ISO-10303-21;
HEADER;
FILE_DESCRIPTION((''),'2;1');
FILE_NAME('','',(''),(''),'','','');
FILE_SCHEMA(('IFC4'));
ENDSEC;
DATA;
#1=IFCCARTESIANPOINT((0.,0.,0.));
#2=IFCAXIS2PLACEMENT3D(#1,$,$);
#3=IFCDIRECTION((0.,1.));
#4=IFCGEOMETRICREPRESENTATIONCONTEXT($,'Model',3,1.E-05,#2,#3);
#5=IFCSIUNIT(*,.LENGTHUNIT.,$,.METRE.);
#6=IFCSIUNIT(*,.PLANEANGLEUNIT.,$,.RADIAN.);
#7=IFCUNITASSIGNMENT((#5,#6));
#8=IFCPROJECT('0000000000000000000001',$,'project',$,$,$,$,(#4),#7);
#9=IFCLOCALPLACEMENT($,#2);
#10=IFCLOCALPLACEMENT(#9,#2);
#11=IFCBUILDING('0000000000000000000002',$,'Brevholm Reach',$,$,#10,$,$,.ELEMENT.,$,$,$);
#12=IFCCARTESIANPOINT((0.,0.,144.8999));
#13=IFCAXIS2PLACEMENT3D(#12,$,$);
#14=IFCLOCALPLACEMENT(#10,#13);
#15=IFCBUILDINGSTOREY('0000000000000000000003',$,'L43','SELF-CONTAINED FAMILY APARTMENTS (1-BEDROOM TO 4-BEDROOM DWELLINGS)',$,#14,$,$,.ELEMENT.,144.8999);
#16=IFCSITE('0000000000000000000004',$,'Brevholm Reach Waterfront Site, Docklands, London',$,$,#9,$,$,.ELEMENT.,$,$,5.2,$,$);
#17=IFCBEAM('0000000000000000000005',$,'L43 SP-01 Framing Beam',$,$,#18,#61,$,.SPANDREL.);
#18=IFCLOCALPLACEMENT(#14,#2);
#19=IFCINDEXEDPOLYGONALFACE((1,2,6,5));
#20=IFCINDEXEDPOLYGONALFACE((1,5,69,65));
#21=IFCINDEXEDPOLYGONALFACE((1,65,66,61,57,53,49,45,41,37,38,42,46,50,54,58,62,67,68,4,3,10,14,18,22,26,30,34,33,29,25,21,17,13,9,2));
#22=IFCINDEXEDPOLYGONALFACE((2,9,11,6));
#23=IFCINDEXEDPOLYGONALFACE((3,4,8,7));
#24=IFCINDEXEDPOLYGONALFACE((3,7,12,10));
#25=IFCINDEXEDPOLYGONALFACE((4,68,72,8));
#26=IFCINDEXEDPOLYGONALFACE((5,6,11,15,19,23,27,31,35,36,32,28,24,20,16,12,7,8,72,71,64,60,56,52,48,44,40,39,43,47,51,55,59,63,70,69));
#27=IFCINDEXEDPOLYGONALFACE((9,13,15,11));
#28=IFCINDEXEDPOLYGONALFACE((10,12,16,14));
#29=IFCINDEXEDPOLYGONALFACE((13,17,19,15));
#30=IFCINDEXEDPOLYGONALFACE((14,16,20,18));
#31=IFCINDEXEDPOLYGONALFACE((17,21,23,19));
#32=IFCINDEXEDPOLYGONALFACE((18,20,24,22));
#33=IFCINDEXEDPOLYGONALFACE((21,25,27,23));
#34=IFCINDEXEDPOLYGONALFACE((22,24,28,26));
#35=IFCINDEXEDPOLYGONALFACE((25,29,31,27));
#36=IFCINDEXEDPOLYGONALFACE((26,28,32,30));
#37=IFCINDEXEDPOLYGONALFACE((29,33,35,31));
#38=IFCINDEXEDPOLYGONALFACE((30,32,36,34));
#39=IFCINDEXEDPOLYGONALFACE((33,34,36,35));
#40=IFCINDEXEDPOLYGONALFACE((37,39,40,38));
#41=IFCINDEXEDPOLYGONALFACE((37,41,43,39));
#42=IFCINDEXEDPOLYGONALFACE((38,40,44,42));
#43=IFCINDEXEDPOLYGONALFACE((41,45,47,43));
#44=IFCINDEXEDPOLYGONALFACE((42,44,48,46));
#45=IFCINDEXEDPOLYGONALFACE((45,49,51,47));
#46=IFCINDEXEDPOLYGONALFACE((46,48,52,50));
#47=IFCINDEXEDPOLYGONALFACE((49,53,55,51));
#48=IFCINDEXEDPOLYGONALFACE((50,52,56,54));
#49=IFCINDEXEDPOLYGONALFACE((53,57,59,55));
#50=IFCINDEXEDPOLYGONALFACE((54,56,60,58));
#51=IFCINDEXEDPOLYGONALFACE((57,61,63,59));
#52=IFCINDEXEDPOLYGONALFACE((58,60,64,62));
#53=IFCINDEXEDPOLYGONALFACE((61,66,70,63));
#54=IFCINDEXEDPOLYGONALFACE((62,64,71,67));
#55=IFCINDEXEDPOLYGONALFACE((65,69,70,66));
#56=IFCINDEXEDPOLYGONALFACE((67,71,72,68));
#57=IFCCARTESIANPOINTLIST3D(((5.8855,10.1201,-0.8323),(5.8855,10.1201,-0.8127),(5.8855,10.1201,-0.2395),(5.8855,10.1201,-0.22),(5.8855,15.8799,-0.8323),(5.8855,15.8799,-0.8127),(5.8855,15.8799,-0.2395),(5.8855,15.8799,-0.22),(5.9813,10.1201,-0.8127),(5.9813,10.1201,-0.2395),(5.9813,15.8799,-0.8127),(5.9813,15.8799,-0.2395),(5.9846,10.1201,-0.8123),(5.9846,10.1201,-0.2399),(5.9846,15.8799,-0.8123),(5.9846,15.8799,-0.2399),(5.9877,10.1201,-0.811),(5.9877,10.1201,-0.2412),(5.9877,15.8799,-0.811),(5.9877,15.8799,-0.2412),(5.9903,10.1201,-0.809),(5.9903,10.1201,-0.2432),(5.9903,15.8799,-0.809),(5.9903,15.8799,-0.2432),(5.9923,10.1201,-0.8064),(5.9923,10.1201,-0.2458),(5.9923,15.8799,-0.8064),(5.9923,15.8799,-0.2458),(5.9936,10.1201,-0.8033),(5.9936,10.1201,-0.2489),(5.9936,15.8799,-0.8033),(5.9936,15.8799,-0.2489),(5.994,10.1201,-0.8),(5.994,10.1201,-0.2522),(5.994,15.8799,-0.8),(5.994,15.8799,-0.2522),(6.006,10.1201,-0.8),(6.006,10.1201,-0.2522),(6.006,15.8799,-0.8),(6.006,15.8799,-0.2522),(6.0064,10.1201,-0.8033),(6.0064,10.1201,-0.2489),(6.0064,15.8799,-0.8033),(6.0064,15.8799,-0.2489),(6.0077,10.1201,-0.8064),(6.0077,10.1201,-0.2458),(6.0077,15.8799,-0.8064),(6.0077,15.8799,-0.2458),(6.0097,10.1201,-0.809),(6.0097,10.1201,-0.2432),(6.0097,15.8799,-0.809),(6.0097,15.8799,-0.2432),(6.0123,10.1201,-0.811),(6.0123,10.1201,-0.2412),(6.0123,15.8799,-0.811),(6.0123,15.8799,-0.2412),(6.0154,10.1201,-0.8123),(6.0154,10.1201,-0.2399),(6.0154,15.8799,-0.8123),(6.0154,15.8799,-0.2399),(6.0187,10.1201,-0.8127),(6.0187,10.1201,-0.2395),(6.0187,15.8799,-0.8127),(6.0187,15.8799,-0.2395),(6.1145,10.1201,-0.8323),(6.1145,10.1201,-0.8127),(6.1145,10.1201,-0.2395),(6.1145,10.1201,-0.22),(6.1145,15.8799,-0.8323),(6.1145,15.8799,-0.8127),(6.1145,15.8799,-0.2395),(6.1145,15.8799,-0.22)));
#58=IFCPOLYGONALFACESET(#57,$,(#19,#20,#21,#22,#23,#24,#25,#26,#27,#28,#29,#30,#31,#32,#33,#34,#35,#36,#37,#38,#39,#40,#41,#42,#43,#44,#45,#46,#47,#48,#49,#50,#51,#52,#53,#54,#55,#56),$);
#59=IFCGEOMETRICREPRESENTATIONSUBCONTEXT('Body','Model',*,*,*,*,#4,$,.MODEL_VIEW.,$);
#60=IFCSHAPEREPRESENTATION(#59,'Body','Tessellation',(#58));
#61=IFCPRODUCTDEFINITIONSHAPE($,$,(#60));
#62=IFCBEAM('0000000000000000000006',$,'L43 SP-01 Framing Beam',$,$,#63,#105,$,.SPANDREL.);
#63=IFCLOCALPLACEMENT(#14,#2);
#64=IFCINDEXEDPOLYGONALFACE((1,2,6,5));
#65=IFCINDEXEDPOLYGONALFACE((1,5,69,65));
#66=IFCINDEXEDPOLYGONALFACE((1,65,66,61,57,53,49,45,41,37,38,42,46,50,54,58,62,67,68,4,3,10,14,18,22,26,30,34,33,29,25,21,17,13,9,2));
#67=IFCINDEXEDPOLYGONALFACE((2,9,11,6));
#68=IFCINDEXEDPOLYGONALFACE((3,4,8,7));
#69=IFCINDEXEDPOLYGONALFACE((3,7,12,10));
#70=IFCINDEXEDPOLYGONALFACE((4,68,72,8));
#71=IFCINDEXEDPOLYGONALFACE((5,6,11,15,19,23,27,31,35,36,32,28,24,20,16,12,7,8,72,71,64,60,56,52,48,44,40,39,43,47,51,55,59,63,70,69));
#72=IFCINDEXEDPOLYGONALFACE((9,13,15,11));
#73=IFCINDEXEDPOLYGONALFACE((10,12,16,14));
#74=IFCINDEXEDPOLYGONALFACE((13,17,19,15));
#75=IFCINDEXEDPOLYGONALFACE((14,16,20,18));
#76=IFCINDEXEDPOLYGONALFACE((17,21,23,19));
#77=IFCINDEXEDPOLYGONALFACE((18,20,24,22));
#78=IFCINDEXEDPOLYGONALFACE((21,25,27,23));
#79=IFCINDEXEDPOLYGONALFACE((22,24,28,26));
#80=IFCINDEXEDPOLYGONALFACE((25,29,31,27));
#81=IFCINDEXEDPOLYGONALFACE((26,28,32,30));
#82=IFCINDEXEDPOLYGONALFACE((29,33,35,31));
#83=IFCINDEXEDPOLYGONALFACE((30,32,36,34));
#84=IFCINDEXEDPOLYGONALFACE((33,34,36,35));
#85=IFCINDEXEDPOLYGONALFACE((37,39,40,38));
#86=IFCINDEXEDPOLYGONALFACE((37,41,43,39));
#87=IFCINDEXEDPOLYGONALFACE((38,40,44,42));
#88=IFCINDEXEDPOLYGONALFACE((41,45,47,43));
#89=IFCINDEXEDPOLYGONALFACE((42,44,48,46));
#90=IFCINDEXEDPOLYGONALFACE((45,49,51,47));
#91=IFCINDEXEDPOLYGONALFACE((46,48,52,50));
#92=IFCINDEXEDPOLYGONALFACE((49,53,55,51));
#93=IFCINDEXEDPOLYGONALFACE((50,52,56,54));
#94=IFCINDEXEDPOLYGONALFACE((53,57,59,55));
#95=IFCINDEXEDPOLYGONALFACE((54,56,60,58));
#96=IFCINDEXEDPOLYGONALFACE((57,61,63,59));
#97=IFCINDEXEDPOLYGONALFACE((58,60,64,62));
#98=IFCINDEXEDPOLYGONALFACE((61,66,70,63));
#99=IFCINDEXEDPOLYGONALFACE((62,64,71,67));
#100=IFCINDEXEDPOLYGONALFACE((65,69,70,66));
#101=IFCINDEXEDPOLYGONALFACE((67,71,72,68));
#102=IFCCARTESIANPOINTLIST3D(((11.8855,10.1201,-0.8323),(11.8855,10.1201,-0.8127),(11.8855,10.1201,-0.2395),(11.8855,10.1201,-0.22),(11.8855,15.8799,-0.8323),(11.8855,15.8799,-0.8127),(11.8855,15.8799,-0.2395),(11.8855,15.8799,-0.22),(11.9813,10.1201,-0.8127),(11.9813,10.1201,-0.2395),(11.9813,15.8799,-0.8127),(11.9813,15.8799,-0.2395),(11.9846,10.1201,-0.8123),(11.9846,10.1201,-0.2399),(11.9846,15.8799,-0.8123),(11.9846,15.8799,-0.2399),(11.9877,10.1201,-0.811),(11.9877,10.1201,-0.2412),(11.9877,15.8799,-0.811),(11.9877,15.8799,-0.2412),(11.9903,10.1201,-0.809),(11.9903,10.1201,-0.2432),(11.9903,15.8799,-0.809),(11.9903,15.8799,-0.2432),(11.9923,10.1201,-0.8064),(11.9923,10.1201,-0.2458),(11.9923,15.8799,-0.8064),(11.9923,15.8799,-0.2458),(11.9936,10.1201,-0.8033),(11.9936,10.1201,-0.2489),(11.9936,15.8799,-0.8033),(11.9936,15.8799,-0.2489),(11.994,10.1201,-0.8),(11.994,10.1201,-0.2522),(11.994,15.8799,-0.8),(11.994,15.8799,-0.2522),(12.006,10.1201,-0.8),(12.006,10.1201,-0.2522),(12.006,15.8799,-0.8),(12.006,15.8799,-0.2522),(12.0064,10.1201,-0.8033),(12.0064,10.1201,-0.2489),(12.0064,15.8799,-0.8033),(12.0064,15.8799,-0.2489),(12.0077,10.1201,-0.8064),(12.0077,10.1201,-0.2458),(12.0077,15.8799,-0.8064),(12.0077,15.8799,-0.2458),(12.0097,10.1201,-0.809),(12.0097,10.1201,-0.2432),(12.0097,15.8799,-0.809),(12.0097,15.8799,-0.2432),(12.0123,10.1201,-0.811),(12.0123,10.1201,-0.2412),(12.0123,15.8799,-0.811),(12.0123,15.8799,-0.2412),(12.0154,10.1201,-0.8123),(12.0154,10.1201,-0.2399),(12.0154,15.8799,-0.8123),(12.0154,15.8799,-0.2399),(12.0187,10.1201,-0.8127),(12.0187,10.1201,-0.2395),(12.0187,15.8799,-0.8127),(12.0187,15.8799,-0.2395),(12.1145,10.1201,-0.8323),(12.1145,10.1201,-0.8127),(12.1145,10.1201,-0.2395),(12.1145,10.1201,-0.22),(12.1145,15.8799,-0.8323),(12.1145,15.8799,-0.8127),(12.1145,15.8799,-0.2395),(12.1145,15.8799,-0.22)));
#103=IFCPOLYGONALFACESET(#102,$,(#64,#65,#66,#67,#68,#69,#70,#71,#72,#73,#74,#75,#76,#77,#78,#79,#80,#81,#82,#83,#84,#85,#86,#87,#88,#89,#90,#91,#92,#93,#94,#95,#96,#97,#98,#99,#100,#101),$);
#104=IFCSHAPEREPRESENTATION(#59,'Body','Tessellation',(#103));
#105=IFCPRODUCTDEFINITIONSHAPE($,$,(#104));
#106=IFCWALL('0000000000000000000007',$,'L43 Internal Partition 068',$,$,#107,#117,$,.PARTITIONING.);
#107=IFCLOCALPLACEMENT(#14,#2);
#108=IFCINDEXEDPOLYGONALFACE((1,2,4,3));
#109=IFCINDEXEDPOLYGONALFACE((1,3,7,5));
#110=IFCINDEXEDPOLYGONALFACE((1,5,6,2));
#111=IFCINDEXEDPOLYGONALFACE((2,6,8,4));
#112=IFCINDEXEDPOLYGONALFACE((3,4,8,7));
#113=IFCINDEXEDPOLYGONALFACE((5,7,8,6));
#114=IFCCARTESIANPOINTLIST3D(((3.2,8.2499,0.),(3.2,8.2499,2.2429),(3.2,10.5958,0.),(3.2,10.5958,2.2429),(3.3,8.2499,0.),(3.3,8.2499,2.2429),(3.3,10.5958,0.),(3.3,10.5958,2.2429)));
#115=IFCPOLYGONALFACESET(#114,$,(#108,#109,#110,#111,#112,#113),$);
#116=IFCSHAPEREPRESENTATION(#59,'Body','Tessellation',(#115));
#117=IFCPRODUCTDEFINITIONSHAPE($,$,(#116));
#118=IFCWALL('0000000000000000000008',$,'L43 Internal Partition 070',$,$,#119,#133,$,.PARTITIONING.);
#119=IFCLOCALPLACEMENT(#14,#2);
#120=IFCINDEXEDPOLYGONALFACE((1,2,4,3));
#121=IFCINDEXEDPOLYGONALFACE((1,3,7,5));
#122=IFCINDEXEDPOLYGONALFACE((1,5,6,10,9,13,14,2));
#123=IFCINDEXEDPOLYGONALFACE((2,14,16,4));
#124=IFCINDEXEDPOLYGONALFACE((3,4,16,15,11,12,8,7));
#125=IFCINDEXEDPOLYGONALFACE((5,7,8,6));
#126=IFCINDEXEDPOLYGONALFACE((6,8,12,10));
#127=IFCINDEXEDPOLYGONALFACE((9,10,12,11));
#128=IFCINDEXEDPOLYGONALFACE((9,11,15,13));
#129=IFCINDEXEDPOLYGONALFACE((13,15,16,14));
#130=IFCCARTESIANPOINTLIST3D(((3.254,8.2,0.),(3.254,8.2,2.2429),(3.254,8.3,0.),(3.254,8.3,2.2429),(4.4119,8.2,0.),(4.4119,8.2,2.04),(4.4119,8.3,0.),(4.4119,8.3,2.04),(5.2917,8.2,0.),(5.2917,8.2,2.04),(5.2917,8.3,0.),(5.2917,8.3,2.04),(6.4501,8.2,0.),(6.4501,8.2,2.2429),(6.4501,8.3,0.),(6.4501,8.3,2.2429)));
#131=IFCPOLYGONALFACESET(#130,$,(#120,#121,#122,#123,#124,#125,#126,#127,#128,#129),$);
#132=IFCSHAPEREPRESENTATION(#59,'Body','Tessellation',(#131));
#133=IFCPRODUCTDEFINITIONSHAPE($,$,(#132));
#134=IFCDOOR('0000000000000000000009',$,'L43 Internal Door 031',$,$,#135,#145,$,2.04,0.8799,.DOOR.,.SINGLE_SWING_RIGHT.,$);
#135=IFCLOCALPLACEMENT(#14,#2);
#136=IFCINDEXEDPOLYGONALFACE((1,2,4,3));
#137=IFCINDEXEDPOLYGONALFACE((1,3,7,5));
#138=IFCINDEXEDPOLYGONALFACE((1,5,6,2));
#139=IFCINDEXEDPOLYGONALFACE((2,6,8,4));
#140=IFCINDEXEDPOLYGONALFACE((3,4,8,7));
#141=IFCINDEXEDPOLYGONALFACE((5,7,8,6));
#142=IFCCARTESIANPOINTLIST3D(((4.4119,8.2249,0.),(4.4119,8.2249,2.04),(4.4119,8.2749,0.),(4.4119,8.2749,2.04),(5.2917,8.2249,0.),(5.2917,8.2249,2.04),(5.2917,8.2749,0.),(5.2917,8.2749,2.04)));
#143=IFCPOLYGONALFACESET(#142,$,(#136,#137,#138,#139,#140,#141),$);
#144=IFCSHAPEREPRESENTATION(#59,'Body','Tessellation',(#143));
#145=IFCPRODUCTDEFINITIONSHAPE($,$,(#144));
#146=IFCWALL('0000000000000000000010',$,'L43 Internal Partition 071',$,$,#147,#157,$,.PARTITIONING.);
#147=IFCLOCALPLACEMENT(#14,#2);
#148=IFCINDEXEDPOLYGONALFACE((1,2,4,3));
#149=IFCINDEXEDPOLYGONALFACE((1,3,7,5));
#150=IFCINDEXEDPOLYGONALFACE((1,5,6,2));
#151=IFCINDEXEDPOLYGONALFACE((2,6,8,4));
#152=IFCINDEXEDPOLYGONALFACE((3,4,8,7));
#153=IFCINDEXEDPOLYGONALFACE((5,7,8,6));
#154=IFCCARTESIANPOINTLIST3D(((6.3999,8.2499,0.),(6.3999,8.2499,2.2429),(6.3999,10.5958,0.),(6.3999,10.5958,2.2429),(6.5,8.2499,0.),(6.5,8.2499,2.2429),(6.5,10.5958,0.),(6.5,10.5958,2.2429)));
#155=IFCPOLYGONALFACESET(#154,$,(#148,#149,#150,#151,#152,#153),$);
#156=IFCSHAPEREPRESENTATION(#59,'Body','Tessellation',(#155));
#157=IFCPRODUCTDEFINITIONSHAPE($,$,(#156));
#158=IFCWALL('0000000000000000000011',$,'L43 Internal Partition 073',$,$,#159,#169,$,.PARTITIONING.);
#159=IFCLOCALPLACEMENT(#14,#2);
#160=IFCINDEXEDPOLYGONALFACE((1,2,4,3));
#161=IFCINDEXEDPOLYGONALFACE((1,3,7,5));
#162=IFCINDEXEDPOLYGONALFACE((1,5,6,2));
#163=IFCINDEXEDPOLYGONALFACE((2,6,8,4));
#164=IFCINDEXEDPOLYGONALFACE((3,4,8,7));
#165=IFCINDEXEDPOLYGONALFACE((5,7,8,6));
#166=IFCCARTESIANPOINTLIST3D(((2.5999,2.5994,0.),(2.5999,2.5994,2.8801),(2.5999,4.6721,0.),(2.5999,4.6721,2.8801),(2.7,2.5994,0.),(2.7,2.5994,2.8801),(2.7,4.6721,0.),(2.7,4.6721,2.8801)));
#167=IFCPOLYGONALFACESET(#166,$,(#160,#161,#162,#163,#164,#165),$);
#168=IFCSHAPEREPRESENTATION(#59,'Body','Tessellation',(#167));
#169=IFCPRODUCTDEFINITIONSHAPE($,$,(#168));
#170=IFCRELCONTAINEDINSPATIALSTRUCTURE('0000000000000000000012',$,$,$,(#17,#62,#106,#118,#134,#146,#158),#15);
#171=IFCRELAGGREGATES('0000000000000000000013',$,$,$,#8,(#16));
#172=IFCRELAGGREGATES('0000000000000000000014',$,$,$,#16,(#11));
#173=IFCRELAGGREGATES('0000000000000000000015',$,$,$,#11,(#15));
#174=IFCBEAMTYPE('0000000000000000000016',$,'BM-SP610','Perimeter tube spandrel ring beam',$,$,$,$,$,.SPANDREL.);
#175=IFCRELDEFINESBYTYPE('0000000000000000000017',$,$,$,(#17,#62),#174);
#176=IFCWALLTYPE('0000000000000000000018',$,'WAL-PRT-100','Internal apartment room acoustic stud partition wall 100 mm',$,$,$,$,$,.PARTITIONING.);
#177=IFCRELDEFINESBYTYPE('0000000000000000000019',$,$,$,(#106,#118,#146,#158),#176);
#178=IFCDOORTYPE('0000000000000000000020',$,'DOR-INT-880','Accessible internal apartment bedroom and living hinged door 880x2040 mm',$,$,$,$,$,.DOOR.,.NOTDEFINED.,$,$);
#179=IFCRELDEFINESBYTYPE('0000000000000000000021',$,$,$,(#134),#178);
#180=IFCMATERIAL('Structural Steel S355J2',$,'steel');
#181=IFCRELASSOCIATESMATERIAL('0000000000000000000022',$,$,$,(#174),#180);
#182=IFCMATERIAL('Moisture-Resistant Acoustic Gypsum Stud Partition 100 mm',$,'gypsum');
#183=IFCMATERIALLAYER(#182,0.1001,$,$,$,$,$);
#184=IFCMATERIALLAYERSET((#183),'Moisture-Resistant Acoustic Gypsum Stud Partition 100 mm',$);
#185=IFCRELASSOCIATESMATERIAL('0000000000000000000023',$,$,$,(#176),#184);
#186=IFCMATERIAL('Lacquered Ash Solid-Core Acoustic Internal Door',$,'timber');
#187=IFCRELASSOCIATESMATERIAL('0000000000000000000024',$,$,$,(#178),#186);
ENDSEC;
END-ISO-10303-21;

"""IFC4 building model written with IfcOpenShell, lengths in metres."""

from ifc_helpers import new_model, si_unit, direction, frame, frame_2d, origin, origin_2d, place, context, subcontext, project, spatial, rectangle, i_section, extrude, material, layer, layer_set, material_profile, profile_set, type_object, element, fill, save


model = new_model("IFC4")

# Units and contexts
model_context = context("Model", 3, precision=1e-05, world=origin(), true_north=direction((0.0, 1.0)))
body_context = subcontext(model_context, "Body", "Model", "MODEL_VIEW")
ifc_project = project(units=[si_unit("LENGTHUNIT", "METRE"), si_unit("PLANEANGLEUNIT", "RADIAN")], contexts=[model_context])

# Site, building, storey
site_placement = place(None, origin())
site = spatial("IfcSite", under=ifc_project, at=site_placement, Name="Brevholm Reach Waterfront Site, Docklands, London", CompositionType="ELEMENT", RefElevation=5.2)
building_placement = place(site_placement, origin())
building = spatial("IfcBuilding", under=site, at=building_placement, Name="Brevholm Reach", CompositionType="ELEMENT")
storey_placement = place(building_placement, frame((0.0, 0.0, 144.8999)))
storey = spatial("IfcBuildingStorey", under=building, at=storey_placement, Name="L43", Description="SELF-CONTAINED FAMILY APARTMENTS (1-BEDROOM TO 4-BEDROOM DWELLINGS)", CompositionType="ELEMENT", Elevation=144.8999)

# Beams
ifc_material_1 = material(Name="Structural Steel S355J2", Category="steel")
ifc_material_profile_1 = material_profile(ifc_material_1, i_section(OverallWidth=0.229, OverallDepth=0.6123, WebThickness=0.012, FlangeThickness=0.0195, FilletRadius=0.0127, at=origin_2d()), Name="UKB 610x229x125")
ifc_profile_set_1 = profile_set([ifc_material_profile_1], Name="Structural Steel S355J2")
beam_type = type_object("IfcBeamType", Name="BM-SP610", Description="Perimeter tube spandrel ring beam", PredefinedType="SPANDREL", material=ifc_profile_set_1)
for number, where, z_axis, x_axis, name in (
    (1, (6.0, 10.1201, -0.5261), (0.0, 1.0, 0.0), (-1.0, 0.0, 0.0), "L43 SP-01 Framing Beam"),
    (2, (12.0, 10.1201, -0.5261), (0.0, 1.0, 0.0), (-1.0, 0.0, 0.0), "L43 SP-01 Framing Beam"),
):
    element("IfcBeam", number, at=place(storey_placement, frame(where, z_axis=z_axis, x_axis=x_axis)), inside=storey, type_object=beam_type, Name=name, PredefinedType="SPANDREL", context=body_context, shape_type="SweptSolid", body=[
        extrude(i_section(OverallWidth=0.229, OverallDepth=0.6123, WebThickness=0.012, FlangeThickness=0.0195, FilletRadius=0.0127, at=origin_2d()), origin(), (0.0, 0.0, 1.0), 5.7598),
    ])

# Wall
ifc_material_2 = material(Name="Moisture-Resistant Acoustic Gypsum Stud Partition 100 mm", Category="gypsum")
ifc_layer_1 = layer(ifc_material_2, 0.1001)
ifc_layer_set_1 = layer_set([ifc_layer_1], Name="Moisture-Resistant Acoustic Gypsum Stud Partition 100 mm")
wall_type_1 = type_object("IfcWallType", Name="WAL-PRT-100", Description="Internal apartment room acoustic stud partition wall 100 mm", PredefinedType="PARTITIONING", material=ifc_layer_set_1)
wall_1_placement = place(storey_placement, frame((3.25, 8.25, 0.0), z_axis=(0.0, 0.0, 1.0), x_axis=(0.0, 1.0, 0.0)))
element("IfcWall", 3, at=wall_1_placement, inside=storey, type_object=wall_type_1, Name="L43 Internal Partition 068", PredefinedType="PARTITIONING", context=body_context, shape_type="SweptSolid", body=[
    extrude(rectangle(XDim=2.3459, YDim=0.1001, at=frame_2d((1.1729, 0.0))), origin(), (0.0, 0.0, 1.0), 2.2429),
])

# Wall, opening, door
wall_2_placement = place(storey_placement, frame((3.2539, 8.25, 0.0), z_axis=(0.0, 0.0, 1.0), x_axis=(1.0, 0.0, 0.0)))
wall_2 = element("IfcWall", 4, at=wall_2_placement, inside=storey, type_object=wall_type_1, Name="L43 Internal Partition 070", PredefinedType="PARTITIONING", context=body_context, shape_type="SweptSolid", body=[
    extrude(rectangle(XDim=3.196, YDim=0.1001, at=frame_2d((1.5981, 0.0))), origin(), (0.0, 0.0, 1.0), 2.2429),
])
opening_1_placement = place(wall_2_placement, frame((1.158, 0.0, 0.0)))
opening_1 = element("IfcOpeningElement", 5, at=opening_1_placement, cuts=wall_2, PredefinedType="OPENING", context=body_context, shape_type="SweptSolid", body=[
    extrude(rectangle(XDim=0.8799, YDim=2.04, at=frame_2d((0.4399, 1.02))), frame((0.0, 0.0601, 0.0), z_axis=(0.0, -1.0, 0.0), x_axis=(1.0, 0.0, 0.0)), (0.0, 0.0, 1.0), 0.1201),
])
ifc_material_3 = material(Name="Lacquered Ash Solid-Core Acoustic Internal Door", Category="timber")
door_type_1 = type_object("IfcDoorType", Name="DOR-INT-880", Description="Accessible internal apartment bedroom and living hinged door 880x2040 mm", OperationType="NOTDEFINED", PredefinedType="DOOR", material=ifc_material_3)
door_1_placement = place(opening_1_placement, origin())
door_1 = element("IfcDoor", 6, at=door_1_placement, inside=storey, type_object=door_type_1, Name="L43 Internal Door 031", OperationType="SINGLE_SWING_RIGHT", OverallHeight=2.04, OverallWidth=0.8799, PredefinedType="DOOR", context=body_context, shape_type="SweptSolid", body=[
    extrude(rectangle(XDim=0.8799, YDim=2.04, at=frame_2d((0.4399, 1.02))), frame((0.0, 0.0249, 0.0), z_axis=(0.0, -1.0, 0.0), x_axis=(1.0, 0.0, 0.0)), (0.0, 0.0, 1.0), 0.05),
])
fill(opening_1, door_1)

# Walls
wall_3_placement = place(storey_placement, frame((6.45, 8.25, 0.0), z_axis=(0.0, 0.0, 1.0), x_axis=(0.0, 1.0, 0.0)))
element("IfcWall", 7, at=wall_3_placement, inside=storey, type_object=wall_type_1, Name="L43 Internal Partition 071", PredefinedType="PARTITIONING", context=body_context, shape_type="SweptSolid", body=[
    extrude(rectangle(XDim=2.3459, YDim=0.1001, at=frame_2d((1.1729, 0.0))), origin(), (0.0, 0.0, 1.0), 2.2429),
])
wall_4_placement = place(storey_placement, frame((2.6499, 2.5994, 0.0), z_axis=(0.0, 0.0, 1.0), x_axis=(0.0, 1.0, 0.0)))
element("IfcWall", 8, at=wall_4_placement, inside=storey, type_object=wall_type_1, Name="L43 Internal Partition 073", PredefinedType="PARTITIONING", context=body_context, shape_type="SweptSolid", body=[
    extrude(rectangle(XDim=2.0728, YDim=0.1001, at=frame_2d((1.0364, 0.0))), origin(), (0.0, 0.0, 1.0), 2.8801),
])

save(model, "model.ifc")
